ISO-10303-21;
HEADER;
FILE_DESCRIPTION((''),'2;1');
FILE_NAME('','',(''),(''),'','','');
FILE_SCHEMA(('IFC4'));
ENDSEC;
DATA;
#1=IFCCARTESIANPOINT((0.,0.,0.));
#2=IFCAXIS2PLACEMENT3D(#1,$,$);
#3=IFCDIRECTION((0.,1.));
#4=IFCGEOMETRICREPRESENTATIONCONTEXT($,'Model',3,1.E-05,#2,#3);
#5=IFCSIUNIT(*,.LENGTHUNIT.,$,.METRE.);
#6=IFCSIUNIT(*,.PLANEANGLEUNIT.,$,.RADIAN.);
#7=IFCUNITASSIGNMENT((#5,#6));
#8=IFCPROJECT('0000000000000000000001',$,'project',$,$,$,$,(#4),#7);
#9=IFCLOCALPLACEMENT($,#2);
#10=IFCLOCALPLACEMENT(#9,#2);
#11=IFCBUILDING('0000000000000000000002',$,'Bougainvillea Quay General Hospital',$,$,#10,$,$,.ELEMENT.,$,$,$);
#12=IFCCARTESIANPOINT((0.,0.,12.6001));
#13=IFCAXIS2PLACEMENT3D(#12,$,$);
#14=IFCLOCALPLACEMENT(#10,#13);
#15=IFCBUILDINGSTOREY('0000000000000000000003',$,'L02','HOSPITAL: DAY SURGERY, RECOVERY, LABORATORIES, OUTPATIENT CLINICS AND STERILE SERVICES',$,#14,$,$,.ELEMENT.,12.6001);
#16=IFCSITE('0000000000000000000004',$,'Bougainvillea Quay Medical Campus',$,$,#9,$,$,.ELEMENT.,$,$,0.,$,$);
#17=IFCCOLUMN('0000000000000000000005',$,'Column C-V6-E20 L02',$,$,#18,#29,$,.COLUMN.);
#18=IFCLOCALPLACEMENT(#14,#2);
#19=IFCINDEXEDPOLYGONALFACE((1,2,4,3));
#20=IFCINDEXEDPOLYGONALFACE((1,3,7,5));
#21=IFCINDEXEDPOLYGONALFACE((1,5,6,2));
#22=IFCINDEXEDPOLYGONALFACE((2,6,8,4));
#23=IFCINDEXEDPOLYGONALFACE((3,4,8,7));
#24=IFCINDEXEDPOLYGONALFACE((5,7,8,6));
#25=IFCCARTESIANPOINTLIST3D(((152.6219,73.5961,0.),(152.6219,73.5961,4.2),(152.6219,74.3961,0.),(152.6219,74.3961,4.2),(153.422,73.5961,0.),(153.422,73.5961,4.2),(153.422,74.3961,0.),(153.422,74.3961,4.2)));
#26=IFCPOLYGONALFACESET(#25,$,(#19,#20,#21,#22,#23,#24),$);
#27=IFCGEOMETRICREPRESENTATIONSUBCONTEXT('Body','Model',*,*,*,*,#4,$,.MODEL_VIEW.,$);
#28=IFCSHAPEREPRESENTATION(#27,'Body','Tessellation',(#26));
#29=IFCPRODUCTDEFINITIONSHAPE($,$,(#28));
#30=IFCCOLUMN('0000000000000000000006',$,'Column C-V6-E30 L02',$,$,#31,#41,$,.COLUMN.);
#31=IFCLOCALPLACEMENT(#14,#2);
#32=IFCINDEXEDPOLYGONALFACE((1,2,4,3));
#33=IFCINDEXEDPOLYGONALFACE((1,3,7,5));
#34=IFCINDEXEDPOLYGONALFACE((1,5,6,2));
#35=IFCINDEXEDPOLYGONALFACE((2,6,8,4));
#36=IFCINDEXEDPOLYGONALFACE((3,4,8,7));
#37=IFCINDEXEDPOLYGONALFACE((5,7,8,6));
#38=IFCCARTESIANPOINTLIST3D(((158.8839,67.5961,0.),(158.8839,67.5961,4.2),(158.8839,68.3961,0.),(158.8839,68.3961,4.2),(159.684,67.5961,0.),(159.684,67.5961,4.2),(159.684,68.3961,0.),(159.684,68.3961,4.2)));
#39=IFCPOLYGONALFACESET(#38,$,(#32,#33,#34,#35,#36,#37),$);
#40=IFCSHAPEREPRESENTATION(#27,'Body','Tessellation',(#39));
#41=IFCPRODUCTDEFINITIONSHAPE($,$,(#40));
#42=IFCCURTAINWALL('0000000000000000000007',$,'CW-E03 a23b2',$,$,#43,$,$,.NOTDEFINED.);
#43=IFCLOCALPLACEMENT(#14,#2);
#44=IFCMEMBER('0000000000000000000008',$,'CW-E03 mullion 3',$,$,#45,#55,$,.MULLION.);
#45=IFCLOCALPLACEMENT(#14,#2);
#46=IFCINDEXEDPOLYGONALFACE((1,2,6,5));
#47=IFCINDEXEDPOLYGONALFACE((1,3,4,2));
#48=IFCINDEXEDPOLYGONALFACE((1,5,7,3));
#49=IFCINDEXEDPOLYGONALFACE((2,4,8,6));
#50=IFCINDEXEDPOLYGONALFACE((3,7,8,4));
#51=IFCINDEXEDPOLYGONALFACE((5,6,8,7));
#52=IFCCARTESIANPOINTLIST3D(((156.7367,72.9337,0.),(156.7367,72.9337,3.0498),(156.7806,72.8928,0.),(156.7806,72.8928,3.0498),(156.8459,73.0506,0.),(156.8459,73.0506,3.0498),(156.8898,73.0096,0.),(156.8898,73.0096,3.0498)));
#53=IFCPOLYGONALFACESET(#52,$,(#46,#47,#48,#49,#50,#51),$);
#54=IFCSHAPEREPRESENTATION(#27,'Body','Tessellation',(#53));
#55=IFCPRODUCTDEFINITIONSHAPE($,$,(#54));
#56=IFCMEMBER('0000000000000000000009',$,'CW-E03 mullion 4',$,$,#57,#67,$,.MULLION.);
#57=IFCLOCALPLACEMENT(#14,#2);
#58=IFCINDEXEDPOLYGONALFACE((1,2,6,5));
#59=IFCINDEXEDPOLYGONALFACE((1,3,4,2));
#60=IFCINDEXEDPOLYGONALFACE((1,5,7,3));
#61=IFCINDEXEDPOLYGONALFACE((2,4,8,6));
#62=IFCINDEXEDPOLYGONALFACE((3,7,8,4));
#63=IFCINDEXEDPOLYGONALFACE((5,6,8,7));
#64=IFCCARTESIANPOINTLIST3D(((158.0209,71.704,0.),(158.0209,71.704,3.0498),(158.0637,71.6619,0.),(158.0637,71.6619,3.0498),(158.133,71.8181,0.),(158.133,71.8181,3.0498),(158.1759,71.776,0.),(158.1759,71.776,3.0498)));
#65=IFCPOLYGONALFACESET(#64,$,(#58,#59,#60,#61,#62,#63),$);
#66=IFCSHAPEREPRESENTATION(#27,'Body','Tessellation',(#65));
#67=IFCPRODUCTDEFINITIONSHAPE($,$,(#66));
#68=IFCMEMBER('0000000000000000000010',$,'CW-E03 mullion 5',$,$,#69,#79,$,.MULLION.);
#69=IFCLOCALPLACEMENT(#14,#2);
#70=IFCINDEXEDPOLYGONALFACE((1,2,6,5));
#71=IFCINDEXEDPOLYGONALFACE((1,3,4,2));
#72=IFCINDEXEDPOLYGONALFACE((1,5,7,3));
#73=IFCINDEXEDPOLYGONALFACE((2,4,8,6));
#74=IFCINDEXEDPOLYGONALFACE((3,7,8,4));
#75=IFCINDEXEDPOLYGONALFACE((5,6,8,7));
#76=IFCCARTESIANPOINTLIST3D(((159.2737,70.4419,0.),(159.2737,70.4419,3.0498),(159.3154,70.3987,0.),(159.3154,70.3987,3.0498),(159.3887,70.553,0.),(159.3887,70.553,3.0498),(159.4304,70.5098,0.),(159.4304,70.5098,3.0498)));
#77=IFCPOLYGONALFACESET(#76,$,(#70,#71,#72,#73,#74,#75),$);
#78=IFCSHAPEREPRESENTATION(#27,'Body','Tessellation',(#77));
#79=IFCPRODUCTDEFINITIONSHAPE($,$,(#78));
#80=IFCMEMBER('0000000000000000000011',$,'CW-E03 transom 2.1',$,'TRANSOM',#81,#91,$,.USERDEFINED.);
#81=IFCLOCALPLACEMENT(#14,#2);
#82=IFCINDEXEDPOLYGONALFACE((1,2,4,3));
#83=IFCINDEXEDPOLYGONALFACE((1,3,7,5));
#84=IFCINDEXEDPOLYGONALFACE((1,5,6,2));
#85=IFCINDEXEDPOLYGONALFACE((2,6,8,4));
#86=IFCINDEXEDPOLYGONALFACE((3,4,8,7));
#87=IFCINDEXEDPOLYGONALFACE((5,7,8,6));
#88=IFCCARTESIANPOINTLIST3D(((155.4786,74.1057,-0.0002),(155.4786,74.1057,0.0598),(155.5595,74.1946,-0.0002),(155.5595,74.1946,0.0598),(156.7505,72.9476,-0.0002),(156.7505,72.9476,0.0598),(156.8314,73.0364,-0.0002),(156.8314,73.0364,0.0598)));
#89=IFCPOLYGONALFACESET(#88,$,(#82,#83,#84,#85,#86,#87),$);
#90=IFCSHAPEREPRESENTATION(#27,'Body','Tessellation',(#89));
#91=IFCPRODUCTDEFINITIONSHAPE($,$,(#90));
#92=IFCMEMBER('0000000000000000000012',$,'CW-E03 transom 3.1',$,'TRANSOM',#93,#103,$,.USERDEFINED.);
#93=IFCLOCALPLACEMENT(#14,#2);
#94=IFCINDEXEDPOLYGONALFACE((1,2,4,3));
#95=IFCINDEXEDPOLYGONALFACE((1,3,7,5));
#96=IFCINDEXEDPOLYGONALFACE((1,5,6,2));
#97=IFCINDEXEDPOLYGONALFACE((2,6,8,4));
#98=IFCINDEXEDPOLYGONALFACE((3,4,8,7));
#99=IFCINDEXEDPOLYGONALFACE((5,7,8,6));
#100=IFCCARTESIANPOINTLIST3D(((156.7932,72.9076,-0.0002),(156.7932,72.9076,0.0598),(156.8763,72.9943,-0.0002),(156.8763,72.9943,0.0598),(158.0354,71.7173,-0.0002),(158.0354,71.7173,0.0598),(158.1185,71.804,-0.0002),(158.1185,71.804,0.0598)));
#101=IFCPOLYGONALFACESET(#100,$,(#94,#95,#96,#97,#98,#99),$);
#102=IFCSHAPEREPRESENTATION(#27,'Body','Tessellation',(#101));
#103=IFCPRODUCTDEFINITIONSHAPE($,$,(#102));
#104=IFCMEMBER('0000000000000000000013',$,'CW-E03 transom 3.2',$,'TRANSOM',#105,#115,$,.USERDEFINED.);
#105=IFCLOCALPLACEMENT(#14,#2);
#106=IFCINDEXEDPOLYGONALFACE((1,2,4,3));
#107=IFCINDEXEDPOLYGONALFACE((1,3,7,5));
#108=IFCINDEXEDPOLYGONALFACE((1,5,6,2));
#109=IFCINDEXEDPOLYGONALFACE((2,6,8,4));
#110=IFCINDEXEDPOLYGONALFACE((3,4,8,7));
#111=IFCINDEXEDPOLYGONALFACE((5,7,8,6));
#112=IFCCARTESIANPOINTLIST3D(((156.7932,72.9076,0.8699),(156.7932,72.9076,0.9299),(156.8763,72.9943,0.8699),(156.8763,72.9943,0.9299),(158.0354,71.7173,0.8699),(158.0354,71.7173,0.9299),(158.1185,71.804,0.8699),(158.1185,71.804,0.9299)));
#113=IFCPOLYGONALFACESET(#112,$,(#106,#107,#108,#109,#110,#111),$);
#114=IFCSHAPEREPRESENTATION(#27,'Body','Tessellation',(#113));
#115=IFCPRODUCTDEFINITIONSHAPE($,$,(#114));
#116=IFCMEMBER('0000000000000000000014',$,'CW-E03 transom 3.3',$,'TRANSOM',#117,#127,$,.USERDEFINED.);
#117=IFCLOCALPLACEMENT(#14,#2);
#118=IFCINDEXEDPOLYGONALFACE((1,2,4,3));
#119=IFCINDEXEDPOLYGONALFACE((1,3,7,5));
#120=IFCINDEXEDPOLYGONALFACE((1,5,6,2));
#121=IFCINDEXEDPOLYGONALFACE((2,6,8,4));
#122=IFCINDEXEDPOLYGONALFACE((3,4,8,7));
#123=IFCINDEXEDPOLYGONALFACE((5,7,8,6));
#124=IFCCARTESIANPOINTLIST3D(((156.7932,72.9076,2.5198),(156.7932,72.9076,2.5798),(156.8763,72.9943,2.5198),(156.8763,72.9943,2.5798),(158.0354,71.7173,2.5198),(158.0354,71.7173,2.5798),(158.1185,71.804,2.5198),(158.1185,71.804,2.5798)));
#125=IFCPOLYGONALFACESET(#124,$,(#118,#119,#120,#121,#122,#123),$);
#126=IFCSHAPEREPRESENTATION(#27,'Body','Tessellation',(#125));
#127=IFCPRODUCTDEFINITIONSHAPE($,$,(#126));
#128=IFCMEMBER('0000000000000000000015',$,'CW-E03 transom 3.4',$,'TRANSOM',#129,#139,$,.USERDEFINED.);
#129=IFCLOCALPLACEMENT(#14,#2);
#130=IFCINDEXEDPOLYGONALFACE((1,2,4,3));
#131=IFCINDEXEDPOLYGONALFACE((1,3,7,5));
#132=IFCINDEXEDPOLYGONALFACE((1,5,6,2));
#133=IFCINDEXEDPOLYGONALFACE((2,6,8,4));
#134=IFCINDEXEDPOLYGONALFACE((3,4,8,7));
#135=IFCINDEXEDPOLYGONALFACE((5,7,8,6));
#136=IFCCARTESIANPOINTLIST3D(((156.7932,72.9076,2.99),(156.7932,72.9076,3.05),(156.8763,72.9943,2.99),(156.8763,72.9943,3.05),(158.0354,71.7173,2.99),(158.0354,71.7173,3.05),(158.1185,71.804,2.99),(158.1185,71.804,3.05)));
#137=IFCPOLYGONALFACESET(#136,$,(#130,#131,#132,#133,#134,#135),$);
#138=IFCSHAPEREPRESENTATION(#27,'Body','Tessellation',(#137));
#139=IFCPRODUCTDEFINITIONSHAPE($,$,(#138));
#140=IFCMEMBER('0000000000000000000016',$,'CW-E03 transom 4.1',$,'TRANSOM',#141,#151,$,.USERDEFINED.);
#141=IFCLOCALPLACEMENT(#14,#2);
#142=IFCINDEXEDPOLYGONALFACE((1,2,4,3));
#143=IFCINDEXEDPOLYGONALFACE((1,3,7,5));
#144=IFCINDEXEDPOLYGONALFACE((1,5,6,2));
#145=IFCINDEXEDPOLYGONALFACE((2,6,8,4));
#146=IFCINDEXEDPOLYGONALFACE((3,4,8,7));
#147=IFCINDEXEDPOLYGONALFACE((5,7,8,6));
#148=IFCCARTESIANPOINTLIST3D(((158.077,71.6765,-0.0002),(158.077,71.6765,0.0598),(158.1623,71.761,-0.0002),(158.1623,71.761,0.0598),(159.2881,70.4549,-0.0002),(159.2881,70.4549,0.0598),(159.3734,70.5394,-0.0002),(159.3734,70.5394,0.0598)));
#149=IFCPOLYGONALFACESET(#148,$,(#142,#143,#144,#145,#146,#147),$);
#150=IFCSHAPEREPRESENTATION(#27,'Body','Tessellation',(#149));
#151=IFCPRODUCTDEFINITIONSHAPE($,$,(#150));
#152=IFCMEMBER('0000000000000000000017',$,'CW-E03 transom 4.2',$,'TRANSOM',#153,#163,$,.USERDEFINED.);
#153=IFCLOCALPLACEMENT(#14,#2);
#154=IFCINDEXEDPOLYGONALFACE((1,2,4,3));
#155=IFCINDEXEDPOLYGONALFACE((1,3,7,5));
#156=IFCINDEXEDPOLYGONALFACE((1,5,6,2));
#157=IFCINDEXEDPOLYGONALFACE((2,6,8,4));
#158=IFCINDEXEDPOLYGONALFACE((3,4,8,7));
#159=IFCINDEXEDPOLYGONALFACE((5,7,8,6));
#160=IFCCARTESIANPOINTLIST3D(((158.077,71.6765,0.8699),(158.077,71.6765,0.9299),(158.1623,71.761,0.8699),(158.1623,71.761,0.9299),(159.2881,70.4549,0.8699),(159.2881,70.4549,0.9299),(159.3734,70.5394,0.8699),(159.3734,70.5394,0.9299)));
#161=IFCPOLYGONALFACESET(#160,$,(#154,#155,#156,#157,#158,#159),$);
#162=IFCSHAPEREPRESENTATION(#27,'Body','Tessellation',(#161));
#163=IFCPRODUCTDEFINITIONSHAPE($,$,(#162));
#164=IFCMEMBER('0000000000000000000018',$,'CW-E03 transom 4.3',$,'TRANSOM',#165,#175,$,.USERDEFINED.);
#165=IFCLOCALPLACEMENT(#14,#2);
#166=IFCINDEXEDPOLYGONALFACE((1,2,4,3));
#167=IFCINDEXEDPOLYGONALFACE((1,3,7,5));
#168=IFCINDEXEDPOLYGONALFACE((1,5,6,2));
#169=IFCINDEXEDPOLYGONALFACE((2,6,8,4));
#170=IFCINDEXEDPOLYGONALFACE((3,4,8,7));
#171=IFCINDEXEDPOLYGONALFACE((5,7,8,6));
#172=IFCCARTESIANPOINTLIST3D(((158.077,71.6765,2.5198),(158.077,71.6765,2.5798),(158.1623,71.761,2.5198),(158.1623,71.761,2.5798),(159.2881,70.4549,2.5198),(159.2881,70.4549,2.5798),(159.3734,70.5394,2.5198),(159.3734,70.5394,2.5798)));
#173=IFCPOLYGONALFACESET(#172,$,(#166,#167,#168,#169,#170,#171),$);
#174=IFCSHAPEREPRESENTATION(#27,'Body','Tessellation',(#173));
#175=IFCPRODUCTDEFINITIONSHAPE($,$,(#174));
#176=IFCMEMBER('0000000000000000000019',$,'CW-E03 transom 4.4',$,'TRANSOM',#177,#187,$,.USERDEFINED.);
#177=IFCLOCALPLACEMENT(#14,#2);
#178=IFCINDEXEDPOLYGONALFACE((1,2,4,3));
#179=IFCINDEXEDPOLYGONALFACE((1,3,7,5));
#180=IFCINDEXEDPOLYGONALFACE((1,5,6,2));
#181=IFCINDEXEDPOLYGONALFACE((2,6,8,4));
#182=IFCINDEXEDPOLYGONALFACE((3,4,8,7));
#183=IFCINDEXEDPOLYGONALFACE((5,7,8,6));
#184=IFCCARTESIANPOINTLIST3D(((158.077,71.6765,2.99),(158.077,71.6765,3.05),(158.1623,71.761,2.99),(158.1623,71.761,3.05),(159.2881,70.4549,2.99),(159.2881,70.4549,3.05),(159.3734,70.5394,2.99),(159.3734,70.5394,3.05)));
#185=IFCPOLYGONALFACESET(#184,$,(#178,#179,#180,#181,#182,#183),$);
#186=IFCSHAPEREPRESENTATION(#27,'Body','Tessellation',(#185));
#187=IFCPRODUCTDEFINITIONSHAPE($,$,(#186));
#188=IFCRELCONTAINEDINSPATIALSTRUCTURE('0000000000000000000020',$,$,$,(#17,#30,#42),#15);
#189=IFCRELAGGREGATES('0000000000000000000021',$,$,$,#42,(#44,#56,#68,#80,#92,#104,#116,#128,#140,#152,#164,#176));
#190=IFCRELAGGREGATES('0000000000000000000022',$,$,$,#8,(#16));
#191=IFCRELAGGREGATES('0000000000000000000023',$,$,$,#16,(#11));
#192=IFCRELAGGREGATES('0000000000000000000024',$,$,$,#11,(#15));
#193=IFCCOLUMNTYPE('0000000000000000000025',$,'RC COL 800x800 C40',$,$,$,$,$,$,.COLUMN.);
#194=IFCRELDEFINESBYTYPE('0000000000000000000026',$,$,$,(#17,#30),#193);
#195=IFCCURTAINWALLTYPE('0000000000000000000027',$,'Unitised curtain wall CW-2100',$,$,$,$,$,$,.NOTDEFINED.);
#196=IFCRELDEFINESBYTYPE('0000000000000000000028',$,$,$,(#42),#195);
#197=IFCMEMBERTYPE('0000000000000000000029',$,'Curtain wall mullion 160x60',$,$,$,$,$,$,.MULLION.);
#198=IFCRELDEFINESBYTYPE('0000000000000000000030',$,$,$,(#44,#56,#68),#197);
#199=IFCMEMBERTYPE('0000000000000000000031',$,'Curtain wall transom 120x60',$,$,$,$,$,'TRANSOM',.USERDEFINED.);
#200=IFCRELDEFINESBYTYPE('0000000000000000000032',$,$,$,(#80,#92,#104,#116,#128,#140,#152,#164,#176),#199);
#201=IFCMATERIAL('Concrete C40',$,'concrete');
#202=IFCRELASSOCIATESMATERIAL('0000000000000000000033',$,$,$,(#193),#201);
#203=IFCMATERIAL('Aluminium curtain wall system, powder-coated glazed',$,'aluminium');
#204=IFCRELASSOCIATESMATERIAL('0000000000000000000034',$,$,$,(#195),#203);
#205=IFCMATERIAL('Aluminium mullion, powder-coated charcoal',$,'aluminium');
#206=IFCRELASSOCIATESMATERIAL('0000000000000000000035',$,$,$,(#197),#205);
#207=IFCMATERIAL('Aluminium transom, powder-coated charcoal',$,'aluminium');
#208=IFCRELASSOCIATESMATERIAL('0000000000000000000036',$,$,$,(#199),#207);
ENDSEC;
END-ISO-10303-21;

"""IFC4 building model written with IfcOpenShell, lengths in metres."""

from ifc_helpers import new_model, si_unit, direction, frame, origin, origin_2d, place, context, subcontext, project, spatial, rectangle, extrude, material, material_profile, profile_set, type_object, element, aggregate, save


model = new_model("IFC4")

# Units and contexts
model_context = context("Model", 3, precision=1e-05, world=origin(), true_north=direction((0.0, 1.0)))
body_context = subcontext(model_context, "Body", "Model", "MODEL_VIEW")
ifc_project = project(units=[si_unit("LENGTHUNIT", "METRE"), si_unit("PLANEANGLEUNIT", "RADIAN")], contexts=[model_context])

# Site, building, storey
site_placement = place(None, origin())
site = spatial("IfcSite", under=ifc_project, at=site_placement, Name="Bougainvillea Quay Medical Campus", CompositionType="ELEMENT", RefElevation=0.0)
building_placement = place(site_placement, origin())
building = spatial("IfcBuilding", under=site, at=building_placement, Name="Bougainvillea Quay General Hospital", CompositionType="ELEMENT")
storey_placement = place(building_placement, frame((0.0, 0.0, 12.6001)))
storey = spatial("IfcBuildingStorey", under=building, at=storey_placement, Name="L02", Description="HOSPITAL: DAY SURGERY, RECOVERY, LABORATORIES, OUTPATIENT CLINICS AND STERILE SERVICES", CompositionType="ELEMENT", Elevation=12.6001)

# Columns
ifc_material_1 = material(Name="Concrete C40", Category="concrete")
ifc_material_profile_1 = material_profile(ifc_material_1, rectangle(XDim=0.8, YDim=0.8, at=origin_2d()))
ifc_profile_set_1 = profile_set([ifc_material_profile_1], Name="Concrete C40")
column_type = type_object("IfcColumnType", Name="RC COL 800x800 C40", PredefinedType="COLUMN", material=ifc_profile_set_1)
for number, where, z_axis, x_axis, name in (
    (1, (153.022, 73.9961, 0.0), (0.0, 0.0, 1.0), (1.0, 0.0, 0.0), "Column C-V6-E20 L02"),
    (2, (159.2839, 67.9961, 0.0), (0.0, 0.0, 1.0), (1.0, 0.0, 0.0), "Column C-V6-E30 L02"),
):
    element("IfcColumn", number, at=place(storey_placement, frame(where, z_axis=z_axis, x_axis=x_axis)), inside=storey, type_object=column_type, Name=name, PredefinedType="COLUMN", context=body_context, shape_type="SweptSolid", body=[
        extrude(rectangle(XDim=0.8, YDim=0.8, at=origin_2d()), origin(), (0.0, 0.0, 1.0), 4.2),
    ])

# Curtain wall, members
ifc_material_2 = material(Name="Aluminium curtain wall system, powder-coated glazed", Category="aluminium")
curtain_wall_type = type_object("IfcCurtainWallType", Name="Unitised curtain wall CW-2100", PredefinedType="NOTDEFINED", material=ifc_material_2)
curtain_wall_placement = place(storey_placement, origin())
curtain_wall = element("IfcCurtainWall", 3, at=curtain_wall_placement, inside=storey, type_object=curtain_wall_type, Name="CW-E03 a23b2", PredefinedType="NOTDEFINED")
ifc_material_3 = material(Name="Aluminium mullion, powder-coated charcoal", Category="aluminium")
ifc_material_profile_2 = material_profile(ifc_material_3, rectangle(XDim=0.1599, YDim=0.0601, at=origin_2d()))
ifc_profile_set_2 = profile_set([ifc_material_profile_2], Name="Aluminium mullion, powder-coated charcoal")
member_type_1 = type_object("IfcMemberType", Name="Curtain wall mullion 160x60", PredefinedType="MULLION", material=ifc_profile_set_2)
member_1_placement = place(storey_placement, frame((156.8132, 72.9717, 0.0), z_axis=(0.0, 0.0, 1.0), x_axis=(0.682621, 0.730773, 0.0)))
member_1 = element("IfcMember", 4, at=member_1_placement, type_object=member_type_1, Name="CW-E03 mullion 3", PredefinedType="MULLION", context=body_context, shape_type="SweptSolid", body=[
    extrude(rectangle(XDim=0.1599, YDim=0.0601, at=origin_2d()), origin(), (0.0, 0.0, 1.0), 3.0498),
])
member_2_placement = place(storey_placement, frame((158.0984, 71.74, 0.0), z_axis=(0.0, 0.0, 1.0), x_axis=(0.701049, 0.713113, 0.0)))
member_2 = element("IfcMember", 5, at=member_2_placement, type_object=member_type_1, Name="CW-E03 mullion 4", PredefinedType="MULLION", context=body_context, shape_type="SweptSolid", body=[
    extrude(rectangle(XDim=0.1599, YDim=0.0601, at=origin_2d()), origin(), (0.0, 0.0, 1.0), 3.0498),
])
member_3_placement = place(storey_placement, frame((159.3521, 70.4758, 0.0), z_axis=(0.0, 0.0, 1.0), x_axis=(0.71902, 0.69499, 0.0)))
member_3 = element("IfcMember", 6, at=member_3_placement, type_object=member_type_1, Name="CW-E03 mullion 5", PredefinedType="MULLION", context=body_context, shape_type="SweptSolid", body=[
    extrude(rectangle(XDim=0.1599, YDim=0.0601, at=origin_2d()), origin(), (0.0, 0.0, 1.0), 3.0498),
])
ifc_material_4 = material(Name="Aluminium transom, powder-coated charcoal", Category="aluminium")
ifc_material_profile_3 = material_profile(ifc_material_4, rectangle(XDim=0.1201, YDim=0.0601, at=origin_2d()))
ifc_profile_set_3 = profile_set([ifc_material_profile_3], Name="Aluminium transom, powder-coated charcoal")
member_type_2 = type_object("IfcMemberType", Name="Curtain wall transom 120x60", ElementType="TRANSOM", PredefinedType="USERDEFINED", material=ifc_profile_set_3)
member_4_placement = place(storey_placement, frame((155.519, 74.1501, 0.0298), z_axis=(0.7394, -0.673266, 0.0), x_axis=(0.673266, 0.7394, 0.0)))
member_4 = element("IfcMember", 7, at=member_4_placement, type_object=member_type_2, Name="CW-E03 transom 2.1", ObjectType="TRANSOM", PredefinedType="USERDEFINED", context=body_context, shape_type="SweptSolid", body=[
    extrude(rectangle(XDim=0.1201, YDim=0.0601, at=origin_2d()), origin(), (0.0, 0.0, 1.0), 1.7202),
])
member_5_placement = place(storey_placement, frame((156.8347, 72.9509, 0.0298), z_axis=(0.722059, -0.691831, 0.0), x_axis=(0.691831, 0.722059, 0.0)))
member_5 = element("IfcMember", 8, at=member_5_placement, type_object=member_type_2, Name="CW-E03 transom 3.1", ObjectType="TRANSOM", PredefinedType="USERDEFINED", context=body_context, shape_type="SweptSolid", body=[
    extrude(rectangle(XDim=0.1201, YDim=0.0601, at=origin_2d()), origin(), (0.0, 0.0, 1.0), 1.7205),
])
member_6_placement = place(storey_placement, frame((156.8347, 72.9509, 0.8999), z_axis=(0.722059, -0.691831, 0.0), x_axis=(0.691831, 0.722059, 0.0)))
member_6 = element("IfcMember", 9, at=member_6_placement, type_object=member_type_2, Name="CW-E03 transom 3.2", ObjectType="TRANSOM", PredefinedType="USERDEFINED", context=body_context, shape_type="SweptSolid", body=[
    extrude(rectangle(XDim=0.1201, YDim=0.0601, at=origin_2d()), origin(), (0.0, 0.0, 1.0), 1.7205),
])
member_7_placement = place(storey_placement, frame((156.8347, 72.9509, 2.5498), z_axis=(0.722059, -0.691831, 0.0), x_axis=(0.691831, 0.722059, 0.0)))
member_7 = element("IfcMember", 10, at=member_7_placement, type_object=member_type_2, Name="CW-E03 transom 3.3", ObjectType="TRANSOM", PredefinedType="USERDEFINED", context=body_context, shape_type="SweptSolid", body=[
    extrude(rectangle(XDim=0.1201, YDim=0.0601, at=origin_2d()), origin(), (0.0, 0.0, 1.0), 1.7205),
])
member_8_placement = place(storey_placement, frame((156.8347, 72.9509, 3.02), z_axis=(0.722059, -0.691831, 0.0), x_axis=(0.691831, 0.722059, 0.0)))
member_8 = element("IfcMember", 11, at=member_8_placement, type_object=member_type_2, Name="CW-E03 transom 3.4", ObjectType="TRANSOM", PredefinedType="USERDEFINED", context=body_context, shape_type="SweptSolid", body=[
    extrude(rectangle(XDim=0.1201, YDim=0.0601, at=origin_2d()), origin(), (0.0, 0.0, 1.0), 1.7205),
])
member_9_placement = place(storey_placement, frame((158.1196, 71.7188, 0.0298), z_axis=(0.704049, -0.710151, 0.0), x_axis=(0.710151, 0.704049, 0.0)))
member_9 = element("IfcMember", 12, at=member_9_placement, type_object=member_type_2, Name="CW-E03 transom 4.1", ObjectType="TRANSOM", PredefinedType="USERDEFINED", context=body_context, shape_type="SweptSolid", body=[
    extrude(rectangle(XDim=0.1201, YDim=0.0601, at=origin_2d()), origin(), (0.0, 0.0, 1.0), 1.7202),
])
member_10_placement = place(storey_placement, frame((158.1196, 71.7188, 0.8999), z_axis=(0.704049, -0.710151, 0.0), x_axis=(0.710151, 0.704049, 0.0)))
member_10 = element("IfcMember", 13, at=member_10_placement, type_object=member_type_2, Name="CW-E03 transom 4.2", ObjectType="TRANSOM", PredefinedType="USERDEFINED", context=body_context, shape_type="SweptSolid", body=[
    extrude(rectangle(XDim=0.1201, YDim=0.0601, at=origin_2d()), origin(), (0.0, 0.0, 1.0), 1.7202),
])
member_11_placement = place(storey_placement, frame((158.1196, 71.7188, 2.5498), z_axis=(0.704049, -0.710151, 0.0), x_axis=(0.710151, 0.704049, 0.0)))
member_11 = element("IfcMember", 14, at=member_11_placement, type_object=member_type_2, Name="CW-E03 transom 4.3", ObjectType="TRANSOM", PredefinedType="USERDEFINED", context=body_context, shape_type="SweptSolid", body=[
    extrude(rectangle(XDim=0.1201, YDim=0.0601, at=origin_2d()), origin(), (0.0, 0.0, 1.0), 1.7202),
])
member_12_placement = place(storey_placement, frame((158.1196, 71.7188, 3.02), z_axis=(0.704049, -0.710151, 0.0), x_axis=(0.710151, 0.704049, 0.0)))
member_12 = element("IfcMember", 15, at=member_12_placement, type_object=member_type_2, Name="CW-E03 transom 4.4", ObjectType="TRANSOM", PredefinedType="USERDEFINED", context=body_context, shape_type="SweptSolid", body=[
    extrude(rectangle(XDim=0.1201, YDim=0.0601, at=origin_2d()), origin(), (0.0, 0.0, 1.0), 1.7202),
])
aggregate(curtain_wall, [member_1, member_2, member_3, member_4, member_5, member_6, member_7, member_8, member_9, member_10, member_11, member_12])

save(model, "model.ifc")
